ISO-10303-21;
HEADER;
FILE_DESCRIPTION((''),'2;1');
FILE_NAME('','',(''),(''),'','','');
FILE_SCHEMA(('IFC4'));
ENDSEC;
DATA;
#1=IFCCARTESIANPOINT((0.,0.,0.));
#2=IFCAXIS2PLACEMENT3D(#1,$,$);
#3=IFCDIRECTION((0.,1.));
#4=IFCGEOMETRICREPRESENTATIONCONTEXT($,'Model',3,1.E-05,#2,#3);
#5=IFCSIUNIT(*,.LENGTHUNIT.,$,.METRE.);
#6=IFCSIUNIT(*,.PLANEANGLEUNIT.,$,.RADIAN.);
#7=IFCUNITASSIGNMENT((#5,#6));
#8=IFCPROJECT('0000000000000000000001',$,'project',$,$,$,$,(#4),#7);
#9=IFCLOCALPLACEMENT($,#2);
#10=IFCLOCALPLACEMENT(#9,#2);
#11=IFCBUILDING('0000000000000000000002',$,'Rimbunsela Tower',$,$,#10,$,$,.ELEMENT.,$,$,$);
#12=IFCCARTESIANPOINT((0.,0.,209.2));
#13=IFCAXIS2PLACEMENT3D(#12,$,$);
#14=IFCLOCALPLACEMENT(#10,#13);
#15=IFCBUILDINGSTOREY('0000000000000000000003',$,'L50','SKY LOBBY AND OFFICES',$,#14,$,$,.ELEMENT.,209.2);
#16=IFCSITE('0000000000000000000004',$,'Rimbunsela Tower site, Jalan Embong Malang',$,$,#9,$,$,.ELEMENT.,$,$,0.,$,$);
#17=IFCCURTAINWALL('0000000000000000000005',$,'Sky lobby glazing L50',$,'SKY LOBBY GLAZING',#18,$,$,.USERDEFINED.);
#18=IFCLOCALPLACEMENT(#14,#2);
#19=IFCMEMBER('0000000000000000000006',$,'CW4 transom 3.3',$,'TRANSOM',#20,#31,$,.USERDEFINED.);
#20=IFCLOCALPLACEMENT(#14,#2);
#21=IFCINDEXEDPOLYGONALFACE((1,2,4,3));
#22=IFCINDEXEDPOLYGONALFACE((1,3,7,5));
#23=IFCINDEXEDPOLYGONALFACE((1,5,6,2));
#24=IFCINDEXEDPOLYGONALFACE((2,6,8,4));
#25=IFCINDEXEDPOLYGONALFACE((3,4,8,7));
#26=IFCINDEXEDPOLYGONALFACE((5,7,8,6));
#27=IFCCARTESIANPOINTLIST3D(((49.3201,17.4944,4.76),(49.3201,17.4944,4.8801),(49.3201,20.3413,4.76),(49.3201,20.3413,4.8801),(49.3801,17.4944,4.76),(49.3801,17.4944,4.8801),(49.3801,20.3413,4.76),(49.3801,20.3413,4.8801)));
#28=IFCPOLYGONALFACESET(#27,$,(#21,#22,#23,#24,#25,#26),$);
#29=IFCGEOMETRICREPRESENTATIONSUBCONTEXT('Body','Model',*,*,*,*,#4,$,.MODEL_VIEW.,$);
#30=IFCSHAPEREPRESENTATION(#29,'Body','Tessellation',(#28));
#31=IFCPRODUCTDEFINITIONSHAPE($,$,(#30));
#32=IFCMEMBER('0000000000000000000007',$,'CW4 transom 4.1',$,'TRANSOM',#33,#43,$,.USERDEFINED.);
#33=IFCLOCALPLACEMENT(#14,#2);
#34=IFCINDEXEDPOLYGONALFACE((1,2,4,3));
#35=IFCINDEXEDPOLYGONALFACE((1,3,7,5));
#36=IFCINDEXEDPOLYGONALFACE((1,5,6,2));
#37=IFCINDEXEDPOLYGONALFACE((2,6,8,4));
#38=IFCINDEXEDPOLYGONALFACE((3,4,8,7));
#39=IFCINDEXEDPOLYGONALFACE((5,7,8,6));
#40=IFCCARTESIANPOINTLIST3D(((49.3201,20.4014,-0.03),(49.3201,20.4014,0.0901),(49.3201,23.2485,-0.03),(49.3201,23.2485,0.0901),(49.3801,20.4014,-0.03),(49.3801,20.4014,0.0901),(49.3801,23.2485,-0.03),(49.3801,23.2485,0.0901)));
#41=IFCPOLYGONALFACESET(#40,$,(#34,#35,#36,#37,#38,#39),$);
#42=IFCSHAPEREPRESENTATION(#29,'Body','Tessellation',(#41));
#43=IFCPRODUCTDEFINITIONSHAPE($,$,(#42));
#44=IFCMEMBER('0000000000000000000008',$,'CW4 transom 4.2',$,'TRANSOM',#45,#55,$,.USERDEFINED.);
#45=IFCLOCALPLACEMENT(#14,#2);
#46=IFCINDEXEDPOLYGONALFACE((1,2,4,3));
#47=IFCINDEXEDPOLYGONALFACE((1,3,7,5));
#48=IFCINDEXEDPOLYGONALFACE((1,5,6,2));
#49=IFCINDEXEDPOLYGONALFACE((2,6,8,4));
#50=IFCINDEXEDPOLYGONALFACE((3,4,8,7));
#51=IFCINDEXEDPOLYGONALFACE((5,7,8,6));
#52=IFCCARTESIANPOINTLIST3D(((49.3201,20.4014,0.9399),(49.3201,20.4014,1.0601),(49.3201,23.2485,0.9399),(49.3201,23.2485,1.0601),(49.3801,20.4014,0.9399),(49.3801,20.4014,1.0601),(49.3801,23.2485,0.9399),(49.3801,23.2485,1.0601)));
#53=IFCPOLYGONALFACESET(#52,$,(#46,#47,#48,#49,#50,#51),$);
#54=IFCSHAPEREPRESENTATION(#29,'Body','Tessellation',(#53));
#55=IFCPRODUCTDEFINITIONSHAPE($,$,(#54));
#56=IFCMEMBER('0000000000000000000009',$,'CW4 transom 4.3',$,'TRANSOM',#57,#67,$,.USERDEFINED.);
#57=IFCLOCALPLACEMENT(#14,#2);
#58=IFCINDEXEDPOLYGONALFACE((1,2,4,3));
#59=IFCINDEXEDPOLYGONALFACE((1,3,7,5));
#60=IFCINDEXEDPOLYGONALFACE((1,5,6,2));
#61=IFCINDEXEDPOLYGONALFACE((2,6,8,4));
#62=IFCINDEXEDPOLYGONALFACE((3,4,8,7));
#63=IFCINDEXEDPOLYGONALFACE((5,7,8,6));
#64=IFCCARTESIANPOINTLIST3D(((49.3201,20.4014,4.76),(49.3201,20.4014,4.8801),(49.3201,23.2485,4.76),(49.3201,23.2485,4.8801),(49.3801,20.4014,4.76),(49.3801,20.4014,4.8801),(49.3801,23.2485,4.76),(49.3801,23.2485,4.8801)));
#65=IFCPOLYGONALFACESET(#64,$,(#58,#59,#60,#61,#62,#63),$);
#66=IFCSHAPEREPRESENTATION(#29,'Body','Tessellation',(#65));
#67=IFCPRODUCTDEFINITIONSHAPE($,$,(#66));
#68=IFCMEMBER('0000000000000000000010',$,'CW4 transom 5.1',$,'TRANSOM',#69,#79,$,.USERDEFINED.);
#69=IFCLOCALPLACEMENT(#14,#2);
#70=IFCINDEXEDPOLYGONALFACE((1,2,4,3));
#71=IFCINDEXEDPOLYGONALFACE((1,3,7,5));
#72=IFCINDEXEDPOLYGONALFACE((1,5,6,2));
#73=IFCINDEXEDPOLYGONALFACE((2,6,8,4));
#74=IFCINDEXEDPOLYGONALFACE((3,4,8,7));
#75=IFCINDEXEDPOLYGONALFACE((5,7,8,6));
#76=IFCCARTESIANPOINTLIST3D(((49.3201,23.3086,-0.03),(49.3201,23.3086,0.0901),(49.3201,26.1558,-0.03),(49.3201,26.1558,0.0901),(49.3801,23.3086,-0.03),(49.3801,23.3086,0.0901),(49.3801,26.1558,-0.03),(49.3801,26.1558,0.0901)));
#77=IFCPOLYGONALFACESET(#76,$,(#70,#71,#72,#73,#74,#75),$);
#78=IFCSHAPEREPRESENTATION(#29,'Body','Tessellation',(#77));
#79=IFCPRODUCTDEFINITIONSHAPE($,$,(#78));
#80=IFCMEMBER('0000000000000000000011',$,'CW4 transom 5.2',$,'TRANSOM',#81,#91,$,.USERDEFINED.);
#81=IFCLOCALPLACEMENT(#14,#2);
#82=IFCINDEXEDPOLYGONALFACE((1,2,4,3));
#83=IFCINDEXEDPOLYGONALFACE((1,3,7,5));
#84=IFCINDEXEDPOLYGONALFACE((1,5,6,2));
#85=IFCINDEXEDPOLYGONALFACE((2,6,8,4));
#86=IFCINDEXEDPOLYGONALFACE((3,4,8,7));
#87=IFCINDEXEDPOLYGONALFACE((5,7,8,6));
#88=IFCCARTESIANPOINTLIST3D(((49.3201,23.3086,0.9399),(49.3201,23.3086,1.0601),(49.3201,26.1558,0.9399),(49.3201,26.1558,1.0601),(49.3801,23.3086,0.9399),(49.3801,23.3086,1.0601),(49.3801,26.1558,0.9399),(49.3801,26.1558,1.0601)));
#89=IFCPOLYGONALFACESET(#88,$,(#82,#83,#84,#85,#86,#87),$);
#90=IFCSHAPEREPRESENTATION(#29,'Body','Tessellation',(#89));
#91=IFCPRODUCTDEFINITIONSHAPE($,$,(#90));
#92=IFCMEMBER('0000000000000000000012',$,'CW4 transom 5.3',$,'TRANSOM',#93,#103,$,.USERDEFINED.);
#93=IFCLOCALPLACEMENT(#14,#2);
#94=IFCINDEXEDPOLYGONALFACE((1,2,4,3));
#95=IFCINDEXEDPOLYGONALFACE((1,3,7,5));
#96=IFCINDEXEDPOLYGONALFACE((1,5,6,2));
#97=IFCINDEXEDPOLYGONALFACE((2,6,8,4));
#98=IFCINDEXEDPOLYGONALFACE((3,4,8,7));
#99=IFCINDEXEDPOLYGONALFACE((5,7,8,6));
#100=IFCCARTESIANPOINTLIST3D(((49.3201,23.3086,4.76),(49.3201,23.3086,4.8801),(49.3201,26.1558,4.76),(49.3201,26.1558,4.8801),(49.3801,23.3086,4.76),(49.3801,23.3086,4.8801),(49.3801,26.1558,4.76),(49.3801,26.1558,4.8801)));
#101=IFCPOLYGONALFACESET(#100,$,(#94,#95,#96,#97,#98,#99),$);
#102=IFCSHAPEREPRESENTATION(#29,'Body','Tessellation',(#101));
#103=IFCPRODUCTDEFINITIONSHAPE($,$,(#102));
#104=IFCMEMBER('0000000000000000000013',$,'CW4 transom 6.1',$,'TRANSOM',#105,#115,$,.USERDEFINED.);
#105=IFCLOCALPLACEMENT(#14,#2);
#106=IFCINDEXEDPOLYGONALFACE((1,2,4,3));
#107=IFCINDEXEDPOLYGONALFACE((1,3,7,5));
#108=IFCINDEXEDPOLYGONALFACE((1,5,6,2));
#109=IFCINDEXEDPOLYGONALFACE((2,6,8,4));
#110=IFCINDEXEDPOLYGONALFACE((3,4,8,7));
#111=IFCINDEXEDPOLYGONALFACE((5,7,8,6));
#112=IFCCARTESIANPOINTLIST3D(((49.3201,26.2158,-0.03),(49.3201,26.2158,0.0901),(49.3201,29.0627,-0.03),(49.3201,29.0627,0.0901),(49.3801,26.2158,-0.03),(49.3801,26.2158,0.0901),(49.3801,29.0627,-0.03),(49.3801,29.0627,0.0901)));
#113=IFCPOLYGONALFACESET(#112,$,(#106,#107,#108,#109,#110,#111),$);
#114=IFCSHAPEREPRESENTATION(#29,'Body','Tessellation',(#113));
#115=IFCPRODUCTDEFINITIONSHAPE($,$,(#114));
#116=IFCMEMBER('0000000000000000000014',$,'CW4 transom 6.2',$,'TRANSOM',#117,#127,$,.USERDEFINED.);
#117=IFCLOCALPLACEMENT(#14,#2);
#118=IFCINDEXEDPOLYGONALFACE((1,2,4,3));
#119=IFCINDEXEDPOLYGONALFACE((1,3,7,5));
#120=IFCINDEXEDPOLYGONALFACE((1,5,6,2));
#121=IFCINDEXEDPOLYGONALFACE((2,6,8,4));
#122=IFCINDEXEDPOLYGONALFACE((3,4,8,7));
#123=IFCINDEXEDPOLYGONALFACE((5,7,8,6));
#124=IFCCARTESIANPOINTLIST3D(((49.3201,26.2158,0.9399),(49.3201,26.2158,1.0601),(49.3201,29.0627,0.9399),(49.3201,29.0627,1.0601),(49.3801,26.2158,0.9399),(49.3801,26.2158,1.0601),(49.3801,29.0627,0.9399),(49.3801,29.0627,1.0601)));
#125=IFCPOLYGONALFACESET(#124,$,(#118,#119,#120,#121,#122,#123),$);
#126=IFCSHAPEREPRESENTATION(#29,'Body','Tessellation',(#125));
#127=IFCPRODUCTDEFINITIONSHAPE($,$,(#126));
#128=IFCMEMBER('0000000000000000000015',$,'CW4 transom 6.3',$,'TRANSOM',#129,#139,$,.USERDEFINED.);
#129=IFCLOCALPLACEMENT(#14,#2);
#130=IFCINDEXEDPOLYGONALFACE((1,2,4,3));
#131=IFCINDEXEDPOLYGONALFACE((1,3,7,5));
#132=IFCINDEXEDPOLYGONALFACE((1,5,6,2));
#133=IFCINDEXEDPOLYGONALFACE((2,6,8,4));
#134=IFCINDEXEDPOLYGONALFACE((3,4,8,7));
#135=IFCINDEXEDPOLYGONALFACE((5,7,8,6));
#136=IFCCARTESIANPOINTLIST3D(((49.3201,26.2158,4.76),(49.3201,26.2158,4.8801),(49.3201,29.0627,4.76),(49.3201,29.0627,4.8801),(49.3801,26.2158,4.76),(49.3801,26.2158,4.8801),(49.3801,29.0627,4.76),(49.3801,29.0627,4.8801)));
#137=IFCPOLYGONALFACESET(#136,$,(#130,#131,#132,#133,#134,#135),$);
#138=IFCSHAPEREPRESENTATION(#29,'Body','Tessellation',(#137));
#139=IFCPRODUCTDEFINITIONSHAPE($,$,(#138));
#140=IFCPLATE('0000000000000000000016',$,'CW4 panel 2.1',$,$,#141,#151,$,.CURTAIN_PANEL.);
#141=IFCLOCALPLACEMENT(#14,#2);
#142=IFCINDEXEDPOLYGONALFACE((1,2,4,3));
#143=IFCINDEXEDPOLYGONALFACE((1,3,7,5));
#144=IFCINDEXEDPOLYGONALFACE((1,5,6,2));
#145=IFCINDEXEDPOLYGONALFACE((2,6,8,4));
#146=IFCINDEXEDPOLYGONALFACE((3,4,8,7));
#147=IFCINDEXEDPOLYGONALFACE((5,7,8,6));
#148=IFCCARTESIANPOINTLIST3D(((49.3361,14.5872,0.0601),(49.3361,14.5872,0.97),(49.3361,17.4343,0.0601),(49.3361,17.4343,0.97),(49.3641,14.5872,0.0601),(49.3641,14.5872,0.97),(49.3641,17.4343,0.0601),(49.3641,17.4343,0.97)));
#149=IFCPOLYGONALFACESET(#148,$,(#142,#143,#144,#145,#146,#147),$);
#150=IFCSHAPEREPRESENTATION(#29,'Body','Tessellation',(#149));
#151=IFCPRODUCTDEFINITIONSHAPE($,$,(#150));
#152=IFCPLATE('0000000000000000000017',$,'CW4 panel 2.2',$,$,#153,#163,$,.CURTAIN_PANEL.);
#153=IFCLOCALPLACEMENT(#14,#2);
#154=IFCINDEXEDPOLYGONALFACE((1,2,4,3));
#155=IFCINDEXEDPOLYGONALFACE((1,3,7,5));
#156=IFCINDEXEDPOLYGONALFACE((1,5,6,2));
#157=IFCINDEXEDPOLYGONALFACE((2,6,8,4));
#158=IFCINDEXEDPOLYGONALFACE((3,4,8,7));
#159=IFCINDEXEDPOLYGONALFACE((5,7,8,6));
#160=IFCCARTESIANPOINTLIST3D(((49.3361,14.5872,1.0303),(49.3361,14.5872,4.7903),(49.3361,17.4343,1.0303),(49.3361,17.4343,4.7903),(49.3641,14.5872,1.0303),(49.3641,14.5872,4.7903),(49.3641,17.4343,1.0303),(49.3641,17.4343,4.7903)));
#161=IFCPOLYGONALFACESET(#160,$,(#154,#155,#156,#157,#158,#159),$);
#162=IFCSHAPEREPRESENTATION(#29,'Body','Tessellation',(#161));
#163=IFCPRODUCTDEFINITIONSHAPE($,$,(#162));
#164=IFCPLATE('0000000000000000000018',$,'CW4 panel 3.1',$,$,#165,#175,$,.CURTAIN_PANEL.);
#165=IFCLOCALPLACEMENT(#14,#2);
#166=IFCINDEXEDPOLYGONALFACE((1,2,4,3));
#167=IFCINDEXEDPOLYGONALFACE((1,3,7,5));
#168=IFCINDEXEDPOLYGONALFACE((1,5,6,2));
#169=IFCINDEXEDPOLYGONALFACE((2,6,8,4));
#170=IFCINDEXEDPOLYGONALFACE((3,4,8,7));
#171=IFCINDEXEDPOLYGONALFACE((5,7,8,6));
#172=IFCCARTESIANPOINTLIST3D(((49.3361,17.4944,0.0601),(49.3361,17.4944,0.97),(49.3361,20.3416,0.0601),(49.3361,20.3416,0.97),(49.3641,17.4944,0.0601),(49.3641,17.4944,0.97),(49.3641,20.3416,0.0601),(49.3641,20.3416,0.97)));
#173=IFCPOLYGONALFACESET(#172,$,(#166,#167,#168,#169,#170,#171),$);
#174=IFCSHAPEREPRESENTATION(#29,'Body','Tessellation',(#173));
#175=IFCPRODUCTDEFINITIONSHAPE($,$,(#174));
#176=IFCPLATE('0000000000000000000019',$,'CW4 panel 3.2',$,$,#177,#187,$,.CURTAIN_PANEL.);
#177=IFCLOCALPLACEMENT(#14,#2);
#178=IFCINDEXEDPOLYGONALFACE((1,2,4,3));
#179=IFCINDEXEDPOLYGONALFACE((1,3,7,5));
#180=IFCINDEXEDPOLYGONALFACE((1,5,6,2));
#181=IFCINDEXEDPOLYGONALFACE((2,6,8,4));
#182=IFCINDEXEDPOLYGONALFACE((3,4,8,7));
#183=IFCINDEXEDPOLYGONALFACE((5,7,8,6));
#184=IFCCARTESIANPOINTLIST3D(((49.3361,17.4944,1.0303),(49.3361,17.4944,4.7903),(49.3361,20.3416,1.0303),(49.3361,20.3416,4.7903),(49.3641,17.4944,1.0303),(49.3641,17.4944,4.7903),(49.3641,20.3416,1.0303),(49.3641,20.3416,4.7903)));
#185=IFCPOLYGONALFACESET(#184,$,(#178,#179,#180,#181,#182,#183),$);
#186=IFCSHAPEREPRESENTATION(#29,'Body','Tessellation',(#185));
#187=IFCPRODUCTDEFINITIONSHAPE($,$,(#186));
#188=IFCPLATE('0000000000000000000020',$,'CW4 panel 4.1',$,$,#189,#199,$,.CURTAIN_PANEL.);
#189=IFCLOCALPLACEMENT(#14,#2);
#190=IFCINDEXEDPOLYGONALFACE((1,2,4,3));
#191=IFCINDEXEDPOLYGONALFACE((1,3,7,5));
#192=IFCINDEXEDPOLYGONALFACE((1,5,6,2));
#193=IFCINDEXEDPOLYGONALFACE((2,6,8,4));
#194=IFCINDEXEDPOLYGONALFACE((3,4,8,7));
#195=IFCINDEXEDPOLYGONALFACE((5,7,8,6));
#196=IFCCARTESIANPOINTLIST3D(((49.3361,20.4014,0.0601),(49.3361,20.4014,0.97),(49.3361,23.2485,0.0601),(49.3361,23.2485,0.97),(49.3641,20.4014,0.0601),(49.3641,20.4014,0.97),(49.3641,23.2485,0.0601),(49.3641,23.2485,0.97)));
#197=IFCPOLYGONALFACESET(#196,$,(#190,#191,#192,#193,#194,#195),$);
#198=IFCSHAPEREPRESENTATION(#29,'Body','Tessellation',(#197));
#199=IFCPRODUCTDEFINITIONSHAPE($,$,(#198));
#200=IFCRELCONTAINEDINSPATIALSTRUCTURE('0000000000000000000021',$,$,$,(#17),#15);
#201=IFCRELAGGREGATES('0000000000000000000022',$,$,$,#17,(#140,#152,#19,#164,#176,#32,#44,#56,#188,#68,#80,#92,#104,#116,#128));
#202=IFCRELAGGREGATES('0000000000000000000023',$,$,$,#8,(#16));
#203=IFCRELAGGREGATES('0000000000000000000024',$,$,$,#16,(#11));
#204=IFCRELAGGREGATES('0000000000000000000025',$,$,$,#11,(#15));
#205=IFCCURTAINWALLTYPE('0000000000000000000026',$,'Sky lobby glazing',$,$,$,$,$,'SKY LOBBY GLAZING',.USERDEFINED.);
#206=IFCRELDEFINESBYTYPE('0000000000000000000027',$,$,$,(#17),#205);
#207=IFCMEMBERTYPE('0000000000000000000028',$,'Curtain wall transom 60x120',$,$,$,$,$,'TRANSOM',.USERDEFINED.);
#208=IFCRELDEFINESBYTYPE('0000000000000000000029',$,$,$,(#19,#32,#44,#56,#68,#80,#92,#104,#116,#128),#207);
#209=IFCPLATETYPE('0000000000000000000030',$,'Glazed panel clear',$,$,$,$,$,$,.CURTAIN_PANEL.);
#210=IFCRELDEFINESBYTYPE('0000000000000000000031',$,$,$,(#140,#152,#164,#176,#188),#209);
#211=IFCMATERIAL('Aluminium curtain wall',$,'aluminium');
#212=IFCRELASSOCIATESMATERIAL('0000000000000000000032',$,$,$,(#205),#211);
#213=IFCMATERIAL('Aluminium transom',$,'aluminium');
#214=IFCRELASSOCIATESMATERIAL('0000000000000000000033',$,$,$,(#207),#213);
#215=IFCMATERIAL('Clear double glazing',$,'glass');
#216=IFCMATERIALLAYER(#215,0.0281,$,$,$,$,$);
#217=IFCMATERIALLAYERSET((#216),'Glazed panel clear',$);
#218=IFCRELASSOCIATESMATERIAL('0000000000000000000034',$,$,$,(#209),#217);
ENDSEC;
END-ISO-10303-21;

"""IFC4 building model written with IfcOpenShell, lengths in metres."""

from ifc_helpers import new_model, si_unit, direction, frame, origin, origin_2d, place, context, subcontext, project, spatial, rectangle, extrude, material, layer, layer_set, material_profile, profile_set, type_object, element, aggregate, save


model = new_model("IFC4")

# Units and contexts
model_context = context("Model", 3, precision=1e-05, world=origin(), true_north=direction((0.0, 1.0)))
body_context = subcontext(model_context, "Body", "Model", "MODEL_VIEW")
ifc_project = project(units=[si_unit("LENGTHUNIT", "METRE"), si_unit("PLANEANGLEUNIT", "RADIAN")], contexts=[model_context])

# Site, building, storey
site_placement = place(None, origin())
site = spatial("IfcSite", under=ifc_project, at=site_placement, Name="Rimbunsela Tower site, Jalan Embong Malang", CompositionType="ELEMENT", RefElevation=0.0)
building_placement = place(site_placement, origin())
building = spatial("IfcBuilding", under=site, at=building_placement, Name="Rimbunsela Tower", CompositionType="ELEMENT")
storey_placement = place(building_placement, frame((0.0, 0.0, 209.2)))
storey = spatial("IfcBuildingStorey", under=building, at=storey_placement, Name="L50", Description="SKY LOBBY AND OFFICES", CompositionType="ELEMENT", Elevation=209.2)

# Curtain wall, members, plates
ifc_material_1 = material(Name="Aluminium curtain wall", Category="aluminium")
curtain_wall_type = type_object("IfcCurtainWallType", Name="Sky lobby glazing", ElementType="SKY LOBBY GLAZING", PredefinedType="USERDEFINED", material=ifc_material_1)
curtain_wall_placement = place(storey_placement, origin())
curtain_wall = element("IfcCurtainWall", 1, at=curtain_wall_placement, inside=storey, type_object=curtain_wall_type, Name="Sky lobby glazing L50", ObjectType="SKY LOBBY GLAZING", PredefinedType="USERDEFINED")
ifc_material_2 = material(Name="Aluminium transom", Category="aluminium")
ifc_material_profile_1 = material_profile(ifc_material_2, rectangle(XDim=0.0601, YDim=0.1201, at=origin_2d()), Name="Transom 60x120")
ifc_profile_set_1 = profile_set([ifc_material_profile_1], Name="Aluminium transom")
member_type_1 = type_object("IfcMemberType", Name="Curtain wall transom 60x120", ElementType="TRANSOM", PredefinedType="USERDEFINED", material=ifc_profile_set_1)
member_1_placement = place(storey_placement, frame((49.3501, 17.4944, 4.8201), z_axis=(0.0, 1.0, 0.0), x_axis=(-1.0, 0.0, 0.0)))
member_1 = element("IfcMember", 2, at=member_1_placement, type_object=member_type_1, Name="CW4 transom 3.3", ObjectType="TRANSOM", PredefinedType="USERDEFINED", context=body_context, shape_type="SweptSolid", body=[
    extrude(rectangle(XDim=0.0601, YDim=0.1201, at=origin_2d()), origin(), (0.0, 0.0, 1.0), 2.8469),
])
member_2_placement = place(storey_placement, frame((49.3501, 20.4014, 0.03), z_axis=(0.0, 1.0, 0.0), x_axis=(-1.0, 0.0, 0.0)))
member_2 = element("IfcMember", 3, at=member_2_placement, type_object=member_type_1, Name="CW4 transom 4.1", ObjectType="TRANSOM", PredefinedType="USERDEFINED", context=body_context, shape_type="SweptSolid", body=[
    extrude(rectangle(XDim=0.0601, YDim=0.1201, at=origin_2d()), origin(), (0.0, 0.0, 1.0), 2.8472),
])
member_3_placement = place(storey_placement, frame((49.3501, 20.4014, 1.0), z_axis=(0.0, 1.0, 0.0), x_axis=(-1.0, 0.0, 0.0)))
member_3 = element("IfcMember", 4, at=member_3_placement, type_object=member_type_1, Name="CW4 transom 4.2", ObjectType="TRANSOM", PredefinedType="USERDEFINED", context=body_context, shape_type="SweptSolid", body=[
    extrude(rectangle(XDim=0.0601, YDim=0.1201, at=origin_2d()), origin(), (0.0, 0.0, 1.0), 2.8472),
])
member_4_placement = place(storey_placement, frame((49.3501, 20.4014, 4.8201), z_axis=(0.0, 1.0, 0.0), x_axis=(-1.0, 0.0, 0.0)))
member_4 = element("IfcMember", 5, at=member_4_placement, type_object=member_type_1, Name="CW4 transom 4.3", ObjectType="TRANSOM", PredefinedType="USERDEFINED", context=body_context, shape_type="SweptSolid", body=[
    extrude(rectangle(XDim=0.0601, YDim=0.1201, at=origin_2d()), origin(), (0.0, 0.0, 1.0), 2.8472),
])
member_5_placement = place(storey_placement, frame((49.3501, 23.3086, 0.03), z_axis=(0.0, 1.0, 0.0), x_axis=(-1.0, 0.0, 0.0)))
member_5 = element("IfcMember", 6, at=member_5_placement, type_object=member_type_1, Name="CW4 transom 5.1", ObjectType="TRANSOM", PredefinedType="USERDEFINED", context=body_context, shape_type="SweptSolid", body=[
    extrude(rectangle(XDim=0.0601, YDim=0.1201, at=origin_2d()), origin(), (0.0, 0.0, 1.0), 2.8472),
])
member_6_placement = place(storey_placement, frame((49.3501, 23.3086, 1.0), z_axis=(0.0, 1.0, 0.0), x_axis=(-1.0, 0.0, 0.0)))
member_6 = element("IfcMember", 7, at=member_6_placement, type_object=member_type_1, Name="CW4 transom 5.2", ObjectType="TRANSOM", PredefinedType="USERDEFINED", context=body_context, shape_type="SweptSolid", body=[
    extrude(rectangle(XDim=0.0601, YDim=0.1201, at=origin_2d()), origin(), (0.0, 0.0, 1.0), 2.8472),
])
member_7_placement = place(storey_placement, frame((49.3501, 23.3086, 4.8201), z_axis=(0.0, 1.0, 0.0), x_axis=(-1.0, 0.0, 0.0)))
member_7 = element("IfcMember", 8, at=member_7_placement, type_object=member_type_1, Name="CW4 transom 5.3", ObjectType="TRANSOM", PredefinedType="USERDEFINED", context=body_context, shape_type="SweptSolid", body=[
    extrude(rectangle(XDim=0.0601, YDim=0.1201, at=origin_2d()), origin(), (0.0, 0.0, 1.0), 2.8472),
])
member_8_placement = place(storey_placement, frame((49.3501, 26.2158, 0.03), z_axis=(0.0, 1.0, 0.0), x_axis=(-1.0, 0.0, 0.0)))
member_8 = element("IfcMember", 9, at=member_8_placement, type_object=member_type_1, Name="CW4 transom 6.1", ObjectType="TRANSOM", PredefinedType="USERDEFINED", context=body_context, shape_type="SweptSolid", body=[
    extrude(rectangle(XDim=0.0601, YDim=0.1201, at=origin_2d()), origin(), (0.0, 0.0, 1.0), 2.8469),
])
member_9_placement = place(storey_placement, frame((49.3501, 26.2158, 1.0), z_axis=(0.0, 1.0, 0.0), x_axis=(-1.0, 0.0, 0.0)))
member_9 = element("IfcMember", 10, at=member_9_placement, type_object=member_type_1, Name="CW4 transom 6.2", ObjectType="TRANSOM", PredefinedType="USERDEFINED", context=body_context, shape_type="SweptSolid", body=[
    extrude(rectangle(XDim=0.0601, YDim=0.1201, at=origin_2d()), origin(), (0.0, 0.0, 1.0), 2.8469),
])
member_10_placement = place(storey_placement, frame((49.3501, 26.2158, 4.8201), z_axis=(0.0, 1.0, 0.0), x_axis=(-1.0, 0.0, 0.0)))
member_10 = element("IfcMember", 11, at=member_10_placement, type_object=member_type_1, Name="CW4 transom 6.3", ObjectType="TRANSOM", PredefinedType="USERDEFINED", context=body_context, shape_type="SweptSolid", body=[
    extrude(rectangle(XDim=0.0601, YDim=0.1201, at=origin_2d()), origin(), (0.0, 0.0, 1.0), 2.8469),
])
ifc_material_3 = material(Name="Clear double glazing", Category="glass")
ifc_layer_1 = layer(ifc_material_3, 0.0281)
ifc_layer_set_1 = layer_set([ifc_layer_1], Name="Glazed panel clear")
plate_type = type_object("IfcPlateType", Name="Glazed panel clear", PredefinedType="CURTAIN_PANEL", material=ifc_layer_set_1)
plate_1_placement = place(storey_placement, frame((49.3501, 16.0107, 0.0601), z_axis=(0.0, 0.0, 1.0), x_axis=(0.0, 1.0, 0.0)))
plate_1 = element("IfcPlate", 12, at=plate_1_placement, type_object=plate_type, Name="CW4 panel 2.1", PredefinedType="CURTAIN_PANEL", context=body_context, shape_type="SweptSolid", body=[
    extrude(rectangle(XDim=2.8472, YDim=0.0281, at=origin_2d()), origin(), (0.0, 0.0, 1.0), 0.9099),
])
plate_2_placement = place(storey_placement, frame((49.3501, 16.0107, 1.0303), z_axis=(0.0, 0.0, 1.0), x_axis=(0.0, 1.0, 0.0)))
plate_2 = element("IfcPlate", 13, at=plate_2_placement, type_object=plate_type, Name="CW4 panel 2.2", PredefinedType="CURTAIN_PANEL", context=body_context, shape_type="SweptSolid", body=[
    extrude(rectangle(XDim=2.8472, YDim=0.0281, at=origin_2d()), origin(), (0.0, 0.0, 1.0), 3.76),
])
plate_3_placement = place(storey_placement, frame((49.3501, 18.918, 0.0601), z_axis=(0.0, 0.0, 1.0), x_axis=(0.0, 1.0, 0.0)))
plate_3 = element("IfcPlate", 14, at=plate_3_placement, type_object=plate_type, Name="CW4 panel 3.1", PredefinedType="CURTAIN_PANEL", context=body_context, shape_type="SweptSolid", body=[
    extrude(rectangle(XDim=2.8472, YDim=0.0281, at=origin_2d()), origin(), (0.0, 0.0, 1.0), 0.9099),
])
plate_4_placement = place(storey_placement, frame((49.3501, 18.918, 1.0303), z_axis=(0.0, 0.0, 1.0), x_axis=(0.0, 1.0, 0.0)))
plate_4 = element("IfcPlate", 15, at=plate_4_placement, type_object=plate_type, Name="CW4 panel 3.2", PredefinedType="CURTAIN_PANEL", context=body_context, shape_type="SweptSolid", body=[
    extrude(rectangle(XDim=2.8472, YDim=0.0281, at=origin_2d()), origin(), (0.0, 0.0, 1.0), 3.76),
])
plate_5_placement = place(storey_placement, frame((49.3501, 21.825, 0.0601), z_axis=(0.0, 0.0, 1.0), x_axis=(0.0, 1.0, 0.0)))
plate_5 = element("IfcPlate", 16, at=plate_5_placement, type_object=plate_type, Name="CW4 panel 4.1", PredefinedType="CURTAIN_PANEL", context=body_context, shape_type="SweptSolid", body=[
    extrude(rectangle(XDim=2.8472, YDim=0.0281, at=origin_2d()), origin(), (0.0, 0.0, 1.0), 0.9099),
])
aggregate(curtain_wall, [plate_1, plate_2, member_1, plate_3, plate_4, member_2, member_3, member_4, plate_5, member_5, member_6, member_7, member_8, member_9, member_10])

save(model, "model.ifc")
